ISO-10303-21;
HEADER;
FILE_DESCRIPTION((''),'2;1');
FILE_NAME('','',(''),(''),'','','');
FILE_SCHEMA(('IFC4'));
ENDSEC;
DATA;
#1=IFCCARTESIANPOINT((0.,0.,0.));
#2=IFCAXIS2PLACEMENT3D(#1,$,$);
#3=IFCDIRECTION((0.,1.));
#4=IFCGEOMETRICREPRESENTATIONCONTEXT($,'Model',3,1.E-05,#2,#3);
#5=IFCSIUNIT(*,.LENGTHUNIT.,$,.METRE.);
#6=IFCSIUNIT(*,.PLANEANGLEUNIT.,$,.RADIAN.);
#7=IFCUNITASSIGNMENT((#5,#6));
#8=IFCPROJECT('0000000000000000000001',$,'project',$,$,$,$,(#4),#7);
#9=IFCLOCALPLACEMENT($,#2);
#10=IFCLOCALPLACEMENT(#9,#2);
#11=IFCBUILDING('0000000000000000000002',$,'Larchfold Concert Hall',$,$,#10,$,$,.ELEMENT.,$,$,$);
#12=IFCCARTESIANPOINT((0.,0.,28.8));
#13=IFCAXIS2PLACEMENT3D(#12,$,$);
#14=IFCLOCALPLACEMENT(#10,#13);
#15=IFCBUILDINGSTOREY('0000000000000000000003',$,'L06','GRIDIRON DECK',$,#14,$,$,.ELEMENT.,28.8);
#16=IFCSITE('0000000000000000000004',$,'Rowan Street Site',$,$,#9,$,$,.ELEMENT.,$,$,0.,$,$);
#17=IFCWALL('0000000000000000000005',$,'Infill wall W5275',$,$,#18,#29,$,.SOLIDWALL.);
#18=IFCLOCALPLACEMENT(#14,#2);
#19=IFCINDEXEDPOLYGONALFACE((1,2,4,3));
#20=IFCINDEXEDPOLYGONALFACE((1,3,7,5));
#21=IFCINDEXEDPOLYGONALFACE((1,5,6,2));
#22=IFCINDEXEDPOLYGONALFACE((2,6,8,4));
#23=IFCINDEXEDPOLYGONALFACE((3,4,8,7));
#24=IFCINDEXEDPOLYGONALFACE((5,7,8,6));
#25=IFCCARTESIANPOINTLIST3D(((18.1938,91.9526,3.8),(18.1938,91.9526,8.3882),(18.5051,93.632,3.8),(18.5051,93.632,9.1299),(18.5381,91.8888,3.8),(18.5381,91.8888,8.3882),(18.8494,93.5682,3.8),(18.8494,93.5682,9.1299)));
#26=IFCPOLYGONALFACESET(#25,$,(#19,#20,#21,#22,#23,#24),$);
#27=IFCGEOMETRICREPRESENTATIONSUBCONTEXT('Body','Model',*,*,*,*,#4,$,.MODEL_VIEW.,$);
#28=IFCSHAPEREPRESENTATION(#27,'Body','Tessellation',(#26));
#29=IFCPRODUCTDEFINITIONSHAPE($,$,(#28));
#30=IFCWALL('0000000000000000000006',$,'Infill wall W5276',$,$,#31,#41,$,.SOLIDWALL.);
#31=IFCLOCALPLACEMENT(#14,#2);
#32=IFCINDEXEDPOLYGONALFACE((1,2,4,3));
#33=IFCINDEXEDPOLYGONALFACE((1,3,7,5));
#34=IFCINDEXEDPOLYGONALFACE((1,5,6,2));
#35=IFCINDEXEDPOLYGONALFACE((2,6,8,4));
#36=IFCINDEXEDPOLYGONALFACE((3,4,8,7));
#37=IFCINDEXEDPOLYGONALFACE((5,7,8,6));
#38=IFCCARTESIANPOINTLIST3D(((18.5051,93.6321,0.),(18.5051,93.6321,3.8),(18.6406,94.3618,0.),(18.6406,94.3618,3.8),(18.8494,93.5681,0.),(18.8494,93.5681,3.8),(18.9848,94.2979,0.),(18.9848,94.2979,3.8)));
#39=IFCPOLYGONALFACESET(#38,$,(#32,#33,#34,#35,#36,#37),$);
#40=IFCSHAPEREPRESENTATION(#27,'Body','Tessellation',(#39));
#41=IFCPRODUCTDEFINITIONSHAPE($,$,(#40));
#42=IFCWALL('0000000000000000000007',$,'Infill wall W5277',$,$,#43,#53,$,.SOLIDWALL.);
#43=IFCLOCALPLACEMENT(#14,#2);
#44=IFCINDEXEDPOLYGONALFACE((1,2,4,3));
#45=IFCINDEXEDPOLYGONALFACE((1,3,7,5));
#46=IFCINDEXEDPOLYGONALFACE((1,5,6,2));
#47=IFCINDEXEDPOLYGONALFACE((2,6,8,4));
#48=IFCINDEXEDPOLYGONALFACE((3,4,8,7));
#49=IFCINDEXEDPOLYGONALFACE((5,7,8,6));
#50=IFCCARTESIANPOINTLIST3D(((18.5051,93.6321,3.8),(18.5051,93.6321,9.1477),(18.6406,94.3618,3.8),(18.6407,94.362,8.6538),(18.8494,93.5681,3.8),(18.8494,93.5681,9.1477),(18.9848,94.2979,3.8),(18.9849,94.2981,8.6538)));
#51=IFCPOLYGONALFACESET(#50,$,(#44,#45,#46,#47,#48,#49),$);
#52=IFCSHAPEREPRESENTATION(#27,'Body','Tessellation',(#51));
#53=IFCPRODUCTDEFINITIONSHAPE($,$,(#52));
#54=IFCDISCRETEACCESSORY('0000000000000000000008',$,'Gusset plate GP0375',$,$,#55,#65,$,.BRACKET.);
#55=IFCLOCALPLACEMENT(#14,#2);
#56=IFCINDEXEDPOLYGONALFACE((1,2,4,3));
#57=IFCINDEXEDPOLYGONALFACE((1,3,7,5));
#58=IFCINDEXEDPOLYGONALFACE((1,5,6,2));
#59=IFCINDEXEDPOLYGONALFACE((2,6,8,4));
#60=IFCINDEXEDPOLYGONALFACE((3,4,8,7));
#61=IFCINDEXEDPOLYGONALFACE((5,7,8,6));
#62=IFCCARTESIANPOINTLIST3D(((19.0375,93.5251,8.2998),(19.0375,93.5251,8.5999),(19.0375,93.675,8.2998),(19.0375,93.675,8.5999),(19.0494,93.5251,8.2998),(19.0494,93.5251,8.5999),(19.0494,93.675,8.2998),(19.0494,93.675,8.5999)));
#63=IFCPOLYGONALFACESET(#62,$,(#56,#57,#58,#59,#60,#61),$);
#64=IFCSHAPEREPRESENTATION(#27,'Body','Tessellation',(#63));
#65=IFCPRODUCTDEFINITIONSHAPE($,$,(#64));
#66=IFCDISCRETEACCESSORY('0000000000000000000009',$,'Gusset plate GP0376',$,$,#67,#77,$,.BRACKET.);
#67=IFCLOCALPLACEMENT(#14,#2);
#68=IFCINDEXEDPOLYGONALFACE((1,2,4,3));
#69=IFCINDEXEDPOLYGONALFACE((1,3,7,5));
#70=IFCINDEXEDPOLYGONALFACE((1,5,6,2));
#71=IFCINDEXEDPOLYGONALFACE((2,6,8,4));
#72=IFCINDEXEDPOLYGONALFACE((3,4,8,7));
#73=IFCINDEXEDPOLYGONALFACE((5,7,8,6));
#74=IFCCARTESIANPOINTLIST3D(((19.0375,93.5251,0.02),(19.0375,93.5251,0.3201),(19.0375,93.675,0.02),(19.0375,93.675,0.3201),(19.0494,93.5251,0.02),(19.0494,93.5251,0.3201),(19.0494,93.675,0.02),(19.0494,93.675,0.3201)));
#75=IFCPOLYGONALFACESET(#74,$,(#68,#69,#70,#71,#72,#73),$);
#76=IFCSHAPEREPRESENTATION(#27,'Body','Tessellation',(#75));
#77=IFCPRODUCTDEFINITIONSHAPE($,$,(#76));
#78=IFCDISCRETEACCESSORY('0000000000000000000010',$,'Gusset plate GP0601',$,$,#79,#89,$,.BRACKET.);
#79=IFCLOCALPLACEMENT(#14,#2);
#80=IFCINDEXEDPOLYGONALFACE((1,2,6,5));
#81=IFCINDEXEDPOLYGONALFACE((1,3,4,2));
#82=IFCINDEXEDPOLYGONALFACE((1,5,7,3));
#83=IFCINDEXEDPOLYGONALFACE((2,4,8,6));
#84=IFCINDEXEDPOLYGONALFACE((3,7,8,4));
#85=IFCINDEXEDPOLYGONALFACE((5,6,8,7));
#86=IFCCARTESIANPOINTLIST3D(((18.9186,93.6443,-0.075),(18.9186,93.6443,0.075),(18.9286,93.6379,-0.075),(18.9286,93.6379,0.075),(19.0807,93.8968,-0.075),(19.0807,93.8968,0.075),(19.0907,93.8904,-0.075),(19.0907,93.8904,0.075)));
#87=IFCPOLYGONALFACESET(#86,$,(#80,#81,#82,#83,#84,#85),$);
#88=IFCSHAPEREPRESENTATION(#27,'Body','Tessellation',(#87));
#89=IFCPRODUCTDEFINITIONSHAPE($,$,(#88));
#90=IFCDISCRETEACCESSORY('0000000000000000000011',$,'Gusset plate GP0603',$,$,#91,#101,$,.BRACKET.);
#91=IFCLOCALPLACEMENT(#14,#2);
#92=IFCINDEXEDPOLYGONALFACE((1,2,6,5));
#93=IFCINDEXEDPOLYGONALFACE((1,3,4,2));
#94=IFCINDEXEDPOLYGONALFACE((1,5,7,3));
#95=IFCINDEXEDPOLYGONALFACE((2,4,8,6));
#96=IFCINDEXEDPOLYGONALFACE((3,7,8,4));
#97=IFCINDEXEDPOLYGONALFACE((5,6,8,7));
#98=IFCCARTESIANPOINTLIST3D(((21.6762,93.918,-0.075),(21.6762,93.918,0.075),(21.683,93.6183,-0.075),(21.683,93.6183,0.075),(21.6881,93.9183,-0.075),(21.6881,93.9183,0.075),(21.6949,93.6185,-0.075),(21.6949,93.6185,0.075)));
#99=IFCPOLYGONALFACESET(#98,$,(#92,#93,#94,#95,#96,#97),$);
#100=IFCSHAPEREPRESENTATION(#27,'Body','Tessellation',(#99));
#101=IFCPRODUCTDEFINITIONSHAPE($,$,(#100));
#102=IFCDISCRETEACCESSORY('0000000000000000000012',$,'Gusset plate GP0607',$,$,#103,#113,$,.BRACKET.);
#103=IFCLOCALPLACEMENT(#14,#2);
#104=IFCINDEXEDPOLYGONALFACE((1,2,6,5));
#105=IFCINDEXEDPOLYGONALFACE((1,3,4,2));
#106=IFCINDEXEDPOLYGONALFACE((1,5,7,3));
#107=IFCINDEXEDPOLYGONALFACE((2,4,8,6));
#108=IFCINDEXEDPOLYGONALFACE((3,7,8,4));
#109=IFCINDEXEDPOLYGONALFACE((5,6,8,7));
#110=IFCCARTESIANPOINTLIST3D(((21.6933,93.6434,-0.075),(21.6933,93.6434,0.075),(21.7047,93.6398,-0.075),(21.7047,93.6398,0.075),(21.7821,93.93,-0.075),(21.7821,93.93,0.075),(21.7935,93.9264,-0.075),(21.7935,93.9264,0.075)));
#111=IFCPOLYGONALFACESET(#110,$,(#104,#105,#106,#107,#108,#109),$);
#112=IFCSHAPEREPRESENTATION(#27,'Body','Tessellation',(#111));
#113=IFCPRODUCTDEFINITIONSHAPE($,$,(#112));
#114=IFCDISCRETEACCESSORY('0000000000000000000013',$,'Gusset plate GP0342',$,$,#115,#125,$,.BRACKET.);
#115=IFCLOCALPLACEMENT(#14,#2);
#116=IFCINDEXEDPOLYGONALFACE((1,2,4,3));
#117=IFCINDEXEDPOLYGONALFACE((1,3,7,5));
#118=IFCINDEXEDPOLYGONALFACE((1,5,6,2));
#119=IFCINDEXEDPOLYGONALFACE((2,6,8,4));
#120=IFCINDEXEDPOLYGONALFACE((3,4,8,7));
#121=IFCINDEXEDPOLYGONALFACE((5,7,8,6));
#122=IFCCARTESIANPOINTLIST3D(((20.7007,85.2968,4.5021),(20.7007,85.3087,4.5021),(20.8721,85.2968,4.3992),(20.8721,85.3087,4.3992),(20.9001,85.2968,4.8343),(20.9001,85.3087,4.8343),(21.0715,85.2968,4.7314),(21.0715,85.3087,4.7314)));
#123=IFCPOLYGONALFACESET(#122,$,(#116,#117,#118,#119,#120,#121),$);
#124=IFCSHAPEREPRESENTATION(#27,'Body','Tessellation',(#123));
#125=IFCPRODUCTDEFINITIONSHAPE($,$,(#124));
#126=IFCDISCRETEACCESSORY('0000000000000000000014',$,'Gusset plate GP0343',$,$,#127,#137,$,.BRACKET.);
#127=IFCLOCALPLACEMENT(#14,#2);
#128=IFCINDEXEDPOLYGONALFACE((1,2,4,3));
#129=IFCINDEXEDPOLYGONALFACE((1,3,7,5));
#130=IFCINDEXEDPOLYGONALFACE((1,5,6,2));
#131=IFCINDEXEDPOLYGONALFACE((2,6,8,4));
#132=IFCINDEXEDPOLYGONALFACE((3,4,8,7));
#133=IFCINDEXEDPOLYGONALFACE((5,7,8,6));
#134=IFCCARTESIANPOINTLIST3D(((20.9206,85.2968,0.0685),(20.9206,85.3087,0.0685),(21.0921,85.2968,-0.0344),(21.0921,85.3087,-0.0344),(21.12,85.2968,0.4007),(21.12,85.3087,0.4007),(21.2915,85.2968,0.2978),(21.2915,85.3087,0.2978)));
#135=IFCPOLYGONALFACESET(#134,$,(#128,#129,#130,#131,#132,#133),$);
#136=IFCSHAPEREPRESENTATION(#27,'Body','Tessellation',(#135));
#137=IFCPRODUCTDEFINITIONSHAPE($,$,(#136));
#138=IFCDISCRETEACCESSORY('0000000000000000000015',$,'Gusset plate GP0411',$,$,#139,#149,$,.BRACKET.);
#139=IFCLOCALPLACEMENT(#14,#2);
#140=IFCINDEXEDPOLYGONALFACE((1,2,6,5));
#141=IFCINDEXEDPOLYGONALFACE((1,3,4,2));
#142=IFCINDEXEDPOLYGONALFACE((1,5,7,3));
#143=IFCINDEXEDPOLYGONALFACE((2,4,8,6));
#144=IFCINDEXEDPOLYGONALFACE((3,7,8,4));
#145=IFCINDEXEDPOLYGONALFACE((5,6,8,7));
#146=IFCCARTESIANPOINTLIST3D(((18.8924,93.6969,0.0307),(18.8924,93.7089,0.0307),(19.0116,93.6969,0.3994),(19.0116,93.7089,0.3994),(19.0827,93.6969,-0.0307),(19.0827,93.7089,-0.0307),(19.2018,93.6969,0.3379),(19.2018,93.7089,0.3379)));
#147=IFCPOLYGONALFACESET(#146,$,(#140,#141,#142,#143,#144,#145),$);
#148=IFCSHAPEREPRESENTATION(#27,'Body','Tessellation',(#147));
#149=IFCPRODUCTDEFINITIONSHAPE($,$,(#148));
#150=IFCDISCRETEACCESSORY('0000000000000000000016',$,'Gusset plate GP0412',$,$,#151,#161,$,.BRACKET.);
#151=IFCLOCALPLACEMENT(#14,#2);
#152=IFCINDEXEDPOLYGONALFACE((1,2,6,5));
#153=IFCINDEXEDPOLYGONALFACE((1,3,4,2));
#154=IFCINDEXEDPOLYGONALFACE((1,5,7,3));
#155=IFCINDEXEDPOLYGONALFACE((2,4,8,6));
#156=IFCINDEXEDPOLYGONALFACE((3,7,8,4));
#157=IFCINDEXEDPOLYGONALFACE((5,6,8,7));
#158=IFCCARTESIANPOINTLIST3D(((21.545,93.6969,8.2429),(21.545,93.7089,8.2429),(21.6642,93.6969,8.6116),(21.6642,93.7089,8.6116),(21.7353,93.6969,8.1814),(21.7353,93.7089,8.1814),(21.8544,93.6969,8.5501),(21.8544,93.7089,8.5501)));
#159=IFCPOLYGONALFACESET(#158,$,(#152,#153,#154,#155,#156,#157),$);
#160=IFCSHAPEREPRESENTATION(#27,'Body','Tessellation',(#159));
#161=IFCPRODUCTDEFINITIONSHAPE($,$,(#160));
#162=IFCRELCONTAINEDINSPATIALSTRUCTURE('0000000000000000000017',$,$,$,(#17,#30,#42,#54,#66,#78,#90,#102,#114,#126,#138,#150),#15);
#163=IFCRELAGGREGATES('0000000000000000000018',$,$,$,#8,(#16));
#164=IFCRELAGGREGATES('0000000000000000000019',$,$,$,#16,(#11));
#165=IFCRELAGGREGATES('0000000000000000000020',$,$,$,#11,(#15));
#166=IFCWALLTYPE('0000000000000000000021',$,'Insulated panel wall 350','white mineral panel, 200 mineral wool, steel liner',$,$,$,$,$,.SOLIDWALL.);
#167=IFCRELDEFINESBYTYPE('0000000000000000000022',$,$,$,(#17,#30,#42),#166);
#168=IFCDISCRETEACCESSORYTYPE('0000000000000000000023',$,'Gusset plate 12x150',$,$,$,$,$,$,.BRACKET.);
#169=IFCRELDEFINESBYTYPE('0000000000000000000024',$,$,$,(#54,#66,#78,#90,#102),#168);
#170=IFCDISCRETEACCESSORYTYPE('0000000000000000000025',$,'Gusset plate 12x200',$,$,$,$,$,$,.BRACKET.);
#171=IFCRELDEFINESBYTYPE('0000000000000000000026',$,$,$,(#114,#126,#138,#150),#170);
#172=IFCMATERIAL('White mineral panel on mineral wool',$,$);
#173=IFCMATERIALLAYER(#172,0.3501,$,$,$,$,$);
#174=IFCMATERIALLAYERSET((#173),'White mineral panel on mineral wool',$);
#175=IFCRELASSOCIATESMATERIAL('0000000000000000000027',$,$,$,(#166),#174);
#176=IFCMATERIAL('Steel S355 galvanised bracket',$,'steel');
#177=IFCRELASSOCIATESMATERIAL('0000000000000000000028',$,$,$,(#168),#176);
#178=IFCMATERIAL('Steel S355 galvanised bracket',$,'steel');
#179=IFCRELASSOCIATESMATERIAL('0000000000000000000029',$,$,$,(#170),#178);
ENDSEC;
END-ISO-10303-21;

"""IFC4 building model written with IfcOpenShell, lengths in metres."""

from ifc_helpers import new_model, si_unit, direction, frame, frame_2d, origin, origin_2d, place, context, subcontext, project, spatial, polyline, rectangle, outline, extrude, material, layer, layer_set, material_profile, profile_set, type_object, element, save


model = new_model("IFC4")

# Units and contexts
model_context = context("Model", 3, precision=1e-05, world=origin(), true_north=direction((0.0, 1.0)))
body_context = subcontext(model_context, "Body", "Model", "MODEL_VIEW")
ifc_project = project(units=[si_unit("LENGTHUNIT", "METRE"), si_unit("PLANEANGLEUNIT", "RADIAN")], contexts=[model_context])

# Site, building, storey
site_placement = place(None, origin())
site = spatial("IfcSite", under=ifc_project, at=site_placement, Name="Rowan Street Site", CompositionType="ELEMENT", RefElevation=0.0)
building_placement = place(site_placement, origin())
building = spatial("IfcBuilding", under=site, at=building_placement, Name="Larchfold Concert Hall", CompositionType="ELEMENT")
storey_placement = place(building_placement, frame((0.0, 0.0, 28.8)))
storey = spatial("IfcBuildingStorey", under=building, at=storey_placement, Name="L06", Description="GRIDIRON DECK", CompositionType="ELEMENT", Elevation=28.8)

# Walls
ifc_material_1 = material(Name="White mineral panel on mineral wool")
ifc_layer = layer(ifc_material_1, 0.3501)
ifc_layer_set = layer_set([ifc_layer], Name="White mineral panel on mineral wool")
wall_type = type_object("IfcWallType", Name="Insulated panel wall 350", Description="white mineral panel, 200 mineral wool, steel liner", PredefinedType="SOLIDWALL", material=ifc_layer_set)
wall_1_placement = place(storey_placement, frame((18.366, 91.9207, 3.8), z_axis=(0.0, 0.0, 1.0), x_axis=(0.182243, 0.983254, 0.0)))
element("IfcWall", 1, at=wall_1_placement, inside=storey, type_object=wall_type, Name="Infill wall W5275", PredefinedType="SOLIDWALL", context=body_context, shape_type="SweptSolid", body=[
    extrude(outline(polyline([(0.0, 0.0), (1.708, 0.0), (1.708, 5.3298), (0.0, 4.5881), (0.0, 0.0)])), frame((0.0, 0.175, 0.0), z_axis=(0.0, -1.0, 0.0), x_axis=(1.0, 0.0, 0.0)), (0.0, 0.0, 1.0), 0.3501),
])
wall_2_placement = place(storey_placement, frame((18.6772, 93.6001, 0.0), z_axis=(0.0, 0.0, 1.0), x_axis=(0.18256, 0.983195, 0.0)))
element("IfcWall", 2, at=wall_2_placement, inside=storey, type_object=wall_type, Name="Infill wall W5276", PredefinedType="SOLIDWALL", context=body_context, shape_type="SweptSolid", body=[
    extrude(rectangle(XDim=0.7422, YDim=0.3501, at=frame_2d((0.3711, 0.0))), origin(), (0.0, 0.0, 1.0), 3.8),
])
wall_3_placement = place(storey_placement, frame((18.6772, 93.6001, 3.8), z_axis=(0.0, 0.0, 1.0), x_axis=(0.18256, 0.983195, 0.0)))
element("IfcWall", 3, at=wall_3_placement, inside=storey, type_object=wall_type, Name="Infill wall W5277", PredefinedType="SOLIDWALL", context=body_context, shape_type="SweptSolid", body=[
    extrude(outline(polyline([(0.0, 0.0), (0.7422, 0.0), (0.7424, 4.8538), (0.0, 5.3477), (0.0, 0.0)])), frame((0.0, 0.175, 0.0), z_axis=(0.0, -1.0, 0.0), x_axis=(1.0, 0.0, 0.0)), (0.0, 0.0, 1.0), 0.3501),
])

# Discrete accessories
ifc_material_2 = material(Name="Steel S355 galvanised bracket", Category="steel")
ifc_material_profile_1 = material_profile(ifc_material_2, rectangle(XDim=0.012, YDim=0.1499, at=origin_2d()))
ifc_profile_set_1 = profile_set([ifc_material_profile_1], Name="Steel S355 galvanised bracket")
discrete_accessory_type_1 = type_object("IfcDiscreteAccessoryType", Name="Gusset plate 12x150", PredefinedType="BRACKET", material=ifc_profile_set_1)
for number, where, z_axis, x_axis, name in (
    (4, (19.0435, 93.6001, 8.5999), (0.0, 0.0, -1.0), (1.0, 0.0, 0.0), "Gusset plate GP0375"),
    (5, (19.0435, 93.6001, 0.3201), (0.0, 0.0, -1.0), (1.0, 0.0, 0.0), "Gusset plate GP0376"),
    (6, (18.9236, 93.6411, 0.0), (0.540346, 0.841443, 0.0), (-0.841443, 0.540346, 0.0), "Gusset plate GP0601"),
):
    element("IfcDiscreteAccessory", number, at=place(storey_placement, frame(where, z_axis=z_axis, x_axis=x_axis)), inside=storey, type_object=discrete_accessory_type_1, Name=name, PredefinedType="BRACKET", context=body_context, shape_type="SweptSolid", body=[
        extrude(rectangle(XDim=0.012, YDim=0.1499, at=origin_2d()), origin(), (0.0, 0.0, 1.0), 0.3),
    ])
discrete_accessory_1_placement = place(storey_placement, frame((21.689, 93.6184, 0.0), z_axis=(-0.022795, 0.99974, 0.0), x_axis=(-0.99974, -0.022795, 0.0)))
element("IfcDiscreteAccessory", 7, at=discrete_accessory_1_placement, inside=storey, type_object=discrete_accessory_type_1, Name="Gusset plate GP0603", PredefinedType="BRACKET", context=body_context, shape_type="SweptSolid", body=[
    extrude(rectangle(XDim=0.012, YDim=0.1499, at=origin_2d()), origin(), (0.0, 0.0, 1.0), 0.2998),
])
discrete_accessory_2_placement = place(storey_placement, frame((21.699, 93.6416, 0.0), z_axis=(0.296143, 0.955144, 0.0), x_axis=(-0.955144, 0.296143, 0.0)))
element("IfcDiscreteAccessory", 8, at=discrete_accessory_2_placement, inside=storey, type_object=discrete_accessory_type_1, Name="Gusset plate GP0607", PredefinedType="BRACKET", context=body_context, shape_type="SweptSolid", body=[
    extrude(rectangle(XDim=0.012, YDim=0.1499, at=origin_2d()), origin(), (0.0, 0.0, 1.0), 0.3),
])
ifc_material_3 = material(Name="Steel S355 galvanised bracket", Category="steel")
ifc_material_profile_2 = material_profile(ifc_material_3, rectangle(XDim=0.012, YDim=0.2, at=origin_2d()))
ifc_profile_set_2 = profile_set([ifc_material_profile_2], Name="Steel S355 galvanised bracket")
discrete_accessory_type_2 = type_object("IfcDiscreteAccessoryType", Name="Gusset plate 12x200", PredefinedType="BRACKET", material=ifc_profile_set_2)
for number, where, z_axis, x_axis, name in (
    (9, (20.7864, 85.3027, 4.4507), (0.514681, 0.0, 0.857382), (0.0, 1.0, 0.0), "Gusset plate GP0342"),
    (10, (21.0063, 85.3027, 0.0171), (0.514681, 0.0, 0.857382), (0.0, 1.0, 0.0), "Gusset plate GP0343"),
    (11, (18.9875, 93.7029, 0.0), (0.307518, 0.0, 0.951542), (0.0, 1.0, 0.0), "Gusset plate GP0411"),
    (12, (21.6401, 93.7029, 8.2122), (0.307518, 0.0, 0.951542), (0.0, 1.0, 0.0), "Gusset plate GP0412"),
):
    element("IfcDiscreteAccessory", number, at=place(storey_placement, frame(where, z_axis=z_axis, x_axis=x_axis)), inside=storey, type_object=discrete_accessory_type_2, Name=name, PredefinedType="BRACKET", context=body_context, shape_type="SweptSolid", body=[
        extrude(rectangle(XDim=0.012, YDim=0.2, at=origin_2d()), origin(), (0.0, 0.0, 1.0), 0.3875),
    ])

save(model, "model.ifc")
